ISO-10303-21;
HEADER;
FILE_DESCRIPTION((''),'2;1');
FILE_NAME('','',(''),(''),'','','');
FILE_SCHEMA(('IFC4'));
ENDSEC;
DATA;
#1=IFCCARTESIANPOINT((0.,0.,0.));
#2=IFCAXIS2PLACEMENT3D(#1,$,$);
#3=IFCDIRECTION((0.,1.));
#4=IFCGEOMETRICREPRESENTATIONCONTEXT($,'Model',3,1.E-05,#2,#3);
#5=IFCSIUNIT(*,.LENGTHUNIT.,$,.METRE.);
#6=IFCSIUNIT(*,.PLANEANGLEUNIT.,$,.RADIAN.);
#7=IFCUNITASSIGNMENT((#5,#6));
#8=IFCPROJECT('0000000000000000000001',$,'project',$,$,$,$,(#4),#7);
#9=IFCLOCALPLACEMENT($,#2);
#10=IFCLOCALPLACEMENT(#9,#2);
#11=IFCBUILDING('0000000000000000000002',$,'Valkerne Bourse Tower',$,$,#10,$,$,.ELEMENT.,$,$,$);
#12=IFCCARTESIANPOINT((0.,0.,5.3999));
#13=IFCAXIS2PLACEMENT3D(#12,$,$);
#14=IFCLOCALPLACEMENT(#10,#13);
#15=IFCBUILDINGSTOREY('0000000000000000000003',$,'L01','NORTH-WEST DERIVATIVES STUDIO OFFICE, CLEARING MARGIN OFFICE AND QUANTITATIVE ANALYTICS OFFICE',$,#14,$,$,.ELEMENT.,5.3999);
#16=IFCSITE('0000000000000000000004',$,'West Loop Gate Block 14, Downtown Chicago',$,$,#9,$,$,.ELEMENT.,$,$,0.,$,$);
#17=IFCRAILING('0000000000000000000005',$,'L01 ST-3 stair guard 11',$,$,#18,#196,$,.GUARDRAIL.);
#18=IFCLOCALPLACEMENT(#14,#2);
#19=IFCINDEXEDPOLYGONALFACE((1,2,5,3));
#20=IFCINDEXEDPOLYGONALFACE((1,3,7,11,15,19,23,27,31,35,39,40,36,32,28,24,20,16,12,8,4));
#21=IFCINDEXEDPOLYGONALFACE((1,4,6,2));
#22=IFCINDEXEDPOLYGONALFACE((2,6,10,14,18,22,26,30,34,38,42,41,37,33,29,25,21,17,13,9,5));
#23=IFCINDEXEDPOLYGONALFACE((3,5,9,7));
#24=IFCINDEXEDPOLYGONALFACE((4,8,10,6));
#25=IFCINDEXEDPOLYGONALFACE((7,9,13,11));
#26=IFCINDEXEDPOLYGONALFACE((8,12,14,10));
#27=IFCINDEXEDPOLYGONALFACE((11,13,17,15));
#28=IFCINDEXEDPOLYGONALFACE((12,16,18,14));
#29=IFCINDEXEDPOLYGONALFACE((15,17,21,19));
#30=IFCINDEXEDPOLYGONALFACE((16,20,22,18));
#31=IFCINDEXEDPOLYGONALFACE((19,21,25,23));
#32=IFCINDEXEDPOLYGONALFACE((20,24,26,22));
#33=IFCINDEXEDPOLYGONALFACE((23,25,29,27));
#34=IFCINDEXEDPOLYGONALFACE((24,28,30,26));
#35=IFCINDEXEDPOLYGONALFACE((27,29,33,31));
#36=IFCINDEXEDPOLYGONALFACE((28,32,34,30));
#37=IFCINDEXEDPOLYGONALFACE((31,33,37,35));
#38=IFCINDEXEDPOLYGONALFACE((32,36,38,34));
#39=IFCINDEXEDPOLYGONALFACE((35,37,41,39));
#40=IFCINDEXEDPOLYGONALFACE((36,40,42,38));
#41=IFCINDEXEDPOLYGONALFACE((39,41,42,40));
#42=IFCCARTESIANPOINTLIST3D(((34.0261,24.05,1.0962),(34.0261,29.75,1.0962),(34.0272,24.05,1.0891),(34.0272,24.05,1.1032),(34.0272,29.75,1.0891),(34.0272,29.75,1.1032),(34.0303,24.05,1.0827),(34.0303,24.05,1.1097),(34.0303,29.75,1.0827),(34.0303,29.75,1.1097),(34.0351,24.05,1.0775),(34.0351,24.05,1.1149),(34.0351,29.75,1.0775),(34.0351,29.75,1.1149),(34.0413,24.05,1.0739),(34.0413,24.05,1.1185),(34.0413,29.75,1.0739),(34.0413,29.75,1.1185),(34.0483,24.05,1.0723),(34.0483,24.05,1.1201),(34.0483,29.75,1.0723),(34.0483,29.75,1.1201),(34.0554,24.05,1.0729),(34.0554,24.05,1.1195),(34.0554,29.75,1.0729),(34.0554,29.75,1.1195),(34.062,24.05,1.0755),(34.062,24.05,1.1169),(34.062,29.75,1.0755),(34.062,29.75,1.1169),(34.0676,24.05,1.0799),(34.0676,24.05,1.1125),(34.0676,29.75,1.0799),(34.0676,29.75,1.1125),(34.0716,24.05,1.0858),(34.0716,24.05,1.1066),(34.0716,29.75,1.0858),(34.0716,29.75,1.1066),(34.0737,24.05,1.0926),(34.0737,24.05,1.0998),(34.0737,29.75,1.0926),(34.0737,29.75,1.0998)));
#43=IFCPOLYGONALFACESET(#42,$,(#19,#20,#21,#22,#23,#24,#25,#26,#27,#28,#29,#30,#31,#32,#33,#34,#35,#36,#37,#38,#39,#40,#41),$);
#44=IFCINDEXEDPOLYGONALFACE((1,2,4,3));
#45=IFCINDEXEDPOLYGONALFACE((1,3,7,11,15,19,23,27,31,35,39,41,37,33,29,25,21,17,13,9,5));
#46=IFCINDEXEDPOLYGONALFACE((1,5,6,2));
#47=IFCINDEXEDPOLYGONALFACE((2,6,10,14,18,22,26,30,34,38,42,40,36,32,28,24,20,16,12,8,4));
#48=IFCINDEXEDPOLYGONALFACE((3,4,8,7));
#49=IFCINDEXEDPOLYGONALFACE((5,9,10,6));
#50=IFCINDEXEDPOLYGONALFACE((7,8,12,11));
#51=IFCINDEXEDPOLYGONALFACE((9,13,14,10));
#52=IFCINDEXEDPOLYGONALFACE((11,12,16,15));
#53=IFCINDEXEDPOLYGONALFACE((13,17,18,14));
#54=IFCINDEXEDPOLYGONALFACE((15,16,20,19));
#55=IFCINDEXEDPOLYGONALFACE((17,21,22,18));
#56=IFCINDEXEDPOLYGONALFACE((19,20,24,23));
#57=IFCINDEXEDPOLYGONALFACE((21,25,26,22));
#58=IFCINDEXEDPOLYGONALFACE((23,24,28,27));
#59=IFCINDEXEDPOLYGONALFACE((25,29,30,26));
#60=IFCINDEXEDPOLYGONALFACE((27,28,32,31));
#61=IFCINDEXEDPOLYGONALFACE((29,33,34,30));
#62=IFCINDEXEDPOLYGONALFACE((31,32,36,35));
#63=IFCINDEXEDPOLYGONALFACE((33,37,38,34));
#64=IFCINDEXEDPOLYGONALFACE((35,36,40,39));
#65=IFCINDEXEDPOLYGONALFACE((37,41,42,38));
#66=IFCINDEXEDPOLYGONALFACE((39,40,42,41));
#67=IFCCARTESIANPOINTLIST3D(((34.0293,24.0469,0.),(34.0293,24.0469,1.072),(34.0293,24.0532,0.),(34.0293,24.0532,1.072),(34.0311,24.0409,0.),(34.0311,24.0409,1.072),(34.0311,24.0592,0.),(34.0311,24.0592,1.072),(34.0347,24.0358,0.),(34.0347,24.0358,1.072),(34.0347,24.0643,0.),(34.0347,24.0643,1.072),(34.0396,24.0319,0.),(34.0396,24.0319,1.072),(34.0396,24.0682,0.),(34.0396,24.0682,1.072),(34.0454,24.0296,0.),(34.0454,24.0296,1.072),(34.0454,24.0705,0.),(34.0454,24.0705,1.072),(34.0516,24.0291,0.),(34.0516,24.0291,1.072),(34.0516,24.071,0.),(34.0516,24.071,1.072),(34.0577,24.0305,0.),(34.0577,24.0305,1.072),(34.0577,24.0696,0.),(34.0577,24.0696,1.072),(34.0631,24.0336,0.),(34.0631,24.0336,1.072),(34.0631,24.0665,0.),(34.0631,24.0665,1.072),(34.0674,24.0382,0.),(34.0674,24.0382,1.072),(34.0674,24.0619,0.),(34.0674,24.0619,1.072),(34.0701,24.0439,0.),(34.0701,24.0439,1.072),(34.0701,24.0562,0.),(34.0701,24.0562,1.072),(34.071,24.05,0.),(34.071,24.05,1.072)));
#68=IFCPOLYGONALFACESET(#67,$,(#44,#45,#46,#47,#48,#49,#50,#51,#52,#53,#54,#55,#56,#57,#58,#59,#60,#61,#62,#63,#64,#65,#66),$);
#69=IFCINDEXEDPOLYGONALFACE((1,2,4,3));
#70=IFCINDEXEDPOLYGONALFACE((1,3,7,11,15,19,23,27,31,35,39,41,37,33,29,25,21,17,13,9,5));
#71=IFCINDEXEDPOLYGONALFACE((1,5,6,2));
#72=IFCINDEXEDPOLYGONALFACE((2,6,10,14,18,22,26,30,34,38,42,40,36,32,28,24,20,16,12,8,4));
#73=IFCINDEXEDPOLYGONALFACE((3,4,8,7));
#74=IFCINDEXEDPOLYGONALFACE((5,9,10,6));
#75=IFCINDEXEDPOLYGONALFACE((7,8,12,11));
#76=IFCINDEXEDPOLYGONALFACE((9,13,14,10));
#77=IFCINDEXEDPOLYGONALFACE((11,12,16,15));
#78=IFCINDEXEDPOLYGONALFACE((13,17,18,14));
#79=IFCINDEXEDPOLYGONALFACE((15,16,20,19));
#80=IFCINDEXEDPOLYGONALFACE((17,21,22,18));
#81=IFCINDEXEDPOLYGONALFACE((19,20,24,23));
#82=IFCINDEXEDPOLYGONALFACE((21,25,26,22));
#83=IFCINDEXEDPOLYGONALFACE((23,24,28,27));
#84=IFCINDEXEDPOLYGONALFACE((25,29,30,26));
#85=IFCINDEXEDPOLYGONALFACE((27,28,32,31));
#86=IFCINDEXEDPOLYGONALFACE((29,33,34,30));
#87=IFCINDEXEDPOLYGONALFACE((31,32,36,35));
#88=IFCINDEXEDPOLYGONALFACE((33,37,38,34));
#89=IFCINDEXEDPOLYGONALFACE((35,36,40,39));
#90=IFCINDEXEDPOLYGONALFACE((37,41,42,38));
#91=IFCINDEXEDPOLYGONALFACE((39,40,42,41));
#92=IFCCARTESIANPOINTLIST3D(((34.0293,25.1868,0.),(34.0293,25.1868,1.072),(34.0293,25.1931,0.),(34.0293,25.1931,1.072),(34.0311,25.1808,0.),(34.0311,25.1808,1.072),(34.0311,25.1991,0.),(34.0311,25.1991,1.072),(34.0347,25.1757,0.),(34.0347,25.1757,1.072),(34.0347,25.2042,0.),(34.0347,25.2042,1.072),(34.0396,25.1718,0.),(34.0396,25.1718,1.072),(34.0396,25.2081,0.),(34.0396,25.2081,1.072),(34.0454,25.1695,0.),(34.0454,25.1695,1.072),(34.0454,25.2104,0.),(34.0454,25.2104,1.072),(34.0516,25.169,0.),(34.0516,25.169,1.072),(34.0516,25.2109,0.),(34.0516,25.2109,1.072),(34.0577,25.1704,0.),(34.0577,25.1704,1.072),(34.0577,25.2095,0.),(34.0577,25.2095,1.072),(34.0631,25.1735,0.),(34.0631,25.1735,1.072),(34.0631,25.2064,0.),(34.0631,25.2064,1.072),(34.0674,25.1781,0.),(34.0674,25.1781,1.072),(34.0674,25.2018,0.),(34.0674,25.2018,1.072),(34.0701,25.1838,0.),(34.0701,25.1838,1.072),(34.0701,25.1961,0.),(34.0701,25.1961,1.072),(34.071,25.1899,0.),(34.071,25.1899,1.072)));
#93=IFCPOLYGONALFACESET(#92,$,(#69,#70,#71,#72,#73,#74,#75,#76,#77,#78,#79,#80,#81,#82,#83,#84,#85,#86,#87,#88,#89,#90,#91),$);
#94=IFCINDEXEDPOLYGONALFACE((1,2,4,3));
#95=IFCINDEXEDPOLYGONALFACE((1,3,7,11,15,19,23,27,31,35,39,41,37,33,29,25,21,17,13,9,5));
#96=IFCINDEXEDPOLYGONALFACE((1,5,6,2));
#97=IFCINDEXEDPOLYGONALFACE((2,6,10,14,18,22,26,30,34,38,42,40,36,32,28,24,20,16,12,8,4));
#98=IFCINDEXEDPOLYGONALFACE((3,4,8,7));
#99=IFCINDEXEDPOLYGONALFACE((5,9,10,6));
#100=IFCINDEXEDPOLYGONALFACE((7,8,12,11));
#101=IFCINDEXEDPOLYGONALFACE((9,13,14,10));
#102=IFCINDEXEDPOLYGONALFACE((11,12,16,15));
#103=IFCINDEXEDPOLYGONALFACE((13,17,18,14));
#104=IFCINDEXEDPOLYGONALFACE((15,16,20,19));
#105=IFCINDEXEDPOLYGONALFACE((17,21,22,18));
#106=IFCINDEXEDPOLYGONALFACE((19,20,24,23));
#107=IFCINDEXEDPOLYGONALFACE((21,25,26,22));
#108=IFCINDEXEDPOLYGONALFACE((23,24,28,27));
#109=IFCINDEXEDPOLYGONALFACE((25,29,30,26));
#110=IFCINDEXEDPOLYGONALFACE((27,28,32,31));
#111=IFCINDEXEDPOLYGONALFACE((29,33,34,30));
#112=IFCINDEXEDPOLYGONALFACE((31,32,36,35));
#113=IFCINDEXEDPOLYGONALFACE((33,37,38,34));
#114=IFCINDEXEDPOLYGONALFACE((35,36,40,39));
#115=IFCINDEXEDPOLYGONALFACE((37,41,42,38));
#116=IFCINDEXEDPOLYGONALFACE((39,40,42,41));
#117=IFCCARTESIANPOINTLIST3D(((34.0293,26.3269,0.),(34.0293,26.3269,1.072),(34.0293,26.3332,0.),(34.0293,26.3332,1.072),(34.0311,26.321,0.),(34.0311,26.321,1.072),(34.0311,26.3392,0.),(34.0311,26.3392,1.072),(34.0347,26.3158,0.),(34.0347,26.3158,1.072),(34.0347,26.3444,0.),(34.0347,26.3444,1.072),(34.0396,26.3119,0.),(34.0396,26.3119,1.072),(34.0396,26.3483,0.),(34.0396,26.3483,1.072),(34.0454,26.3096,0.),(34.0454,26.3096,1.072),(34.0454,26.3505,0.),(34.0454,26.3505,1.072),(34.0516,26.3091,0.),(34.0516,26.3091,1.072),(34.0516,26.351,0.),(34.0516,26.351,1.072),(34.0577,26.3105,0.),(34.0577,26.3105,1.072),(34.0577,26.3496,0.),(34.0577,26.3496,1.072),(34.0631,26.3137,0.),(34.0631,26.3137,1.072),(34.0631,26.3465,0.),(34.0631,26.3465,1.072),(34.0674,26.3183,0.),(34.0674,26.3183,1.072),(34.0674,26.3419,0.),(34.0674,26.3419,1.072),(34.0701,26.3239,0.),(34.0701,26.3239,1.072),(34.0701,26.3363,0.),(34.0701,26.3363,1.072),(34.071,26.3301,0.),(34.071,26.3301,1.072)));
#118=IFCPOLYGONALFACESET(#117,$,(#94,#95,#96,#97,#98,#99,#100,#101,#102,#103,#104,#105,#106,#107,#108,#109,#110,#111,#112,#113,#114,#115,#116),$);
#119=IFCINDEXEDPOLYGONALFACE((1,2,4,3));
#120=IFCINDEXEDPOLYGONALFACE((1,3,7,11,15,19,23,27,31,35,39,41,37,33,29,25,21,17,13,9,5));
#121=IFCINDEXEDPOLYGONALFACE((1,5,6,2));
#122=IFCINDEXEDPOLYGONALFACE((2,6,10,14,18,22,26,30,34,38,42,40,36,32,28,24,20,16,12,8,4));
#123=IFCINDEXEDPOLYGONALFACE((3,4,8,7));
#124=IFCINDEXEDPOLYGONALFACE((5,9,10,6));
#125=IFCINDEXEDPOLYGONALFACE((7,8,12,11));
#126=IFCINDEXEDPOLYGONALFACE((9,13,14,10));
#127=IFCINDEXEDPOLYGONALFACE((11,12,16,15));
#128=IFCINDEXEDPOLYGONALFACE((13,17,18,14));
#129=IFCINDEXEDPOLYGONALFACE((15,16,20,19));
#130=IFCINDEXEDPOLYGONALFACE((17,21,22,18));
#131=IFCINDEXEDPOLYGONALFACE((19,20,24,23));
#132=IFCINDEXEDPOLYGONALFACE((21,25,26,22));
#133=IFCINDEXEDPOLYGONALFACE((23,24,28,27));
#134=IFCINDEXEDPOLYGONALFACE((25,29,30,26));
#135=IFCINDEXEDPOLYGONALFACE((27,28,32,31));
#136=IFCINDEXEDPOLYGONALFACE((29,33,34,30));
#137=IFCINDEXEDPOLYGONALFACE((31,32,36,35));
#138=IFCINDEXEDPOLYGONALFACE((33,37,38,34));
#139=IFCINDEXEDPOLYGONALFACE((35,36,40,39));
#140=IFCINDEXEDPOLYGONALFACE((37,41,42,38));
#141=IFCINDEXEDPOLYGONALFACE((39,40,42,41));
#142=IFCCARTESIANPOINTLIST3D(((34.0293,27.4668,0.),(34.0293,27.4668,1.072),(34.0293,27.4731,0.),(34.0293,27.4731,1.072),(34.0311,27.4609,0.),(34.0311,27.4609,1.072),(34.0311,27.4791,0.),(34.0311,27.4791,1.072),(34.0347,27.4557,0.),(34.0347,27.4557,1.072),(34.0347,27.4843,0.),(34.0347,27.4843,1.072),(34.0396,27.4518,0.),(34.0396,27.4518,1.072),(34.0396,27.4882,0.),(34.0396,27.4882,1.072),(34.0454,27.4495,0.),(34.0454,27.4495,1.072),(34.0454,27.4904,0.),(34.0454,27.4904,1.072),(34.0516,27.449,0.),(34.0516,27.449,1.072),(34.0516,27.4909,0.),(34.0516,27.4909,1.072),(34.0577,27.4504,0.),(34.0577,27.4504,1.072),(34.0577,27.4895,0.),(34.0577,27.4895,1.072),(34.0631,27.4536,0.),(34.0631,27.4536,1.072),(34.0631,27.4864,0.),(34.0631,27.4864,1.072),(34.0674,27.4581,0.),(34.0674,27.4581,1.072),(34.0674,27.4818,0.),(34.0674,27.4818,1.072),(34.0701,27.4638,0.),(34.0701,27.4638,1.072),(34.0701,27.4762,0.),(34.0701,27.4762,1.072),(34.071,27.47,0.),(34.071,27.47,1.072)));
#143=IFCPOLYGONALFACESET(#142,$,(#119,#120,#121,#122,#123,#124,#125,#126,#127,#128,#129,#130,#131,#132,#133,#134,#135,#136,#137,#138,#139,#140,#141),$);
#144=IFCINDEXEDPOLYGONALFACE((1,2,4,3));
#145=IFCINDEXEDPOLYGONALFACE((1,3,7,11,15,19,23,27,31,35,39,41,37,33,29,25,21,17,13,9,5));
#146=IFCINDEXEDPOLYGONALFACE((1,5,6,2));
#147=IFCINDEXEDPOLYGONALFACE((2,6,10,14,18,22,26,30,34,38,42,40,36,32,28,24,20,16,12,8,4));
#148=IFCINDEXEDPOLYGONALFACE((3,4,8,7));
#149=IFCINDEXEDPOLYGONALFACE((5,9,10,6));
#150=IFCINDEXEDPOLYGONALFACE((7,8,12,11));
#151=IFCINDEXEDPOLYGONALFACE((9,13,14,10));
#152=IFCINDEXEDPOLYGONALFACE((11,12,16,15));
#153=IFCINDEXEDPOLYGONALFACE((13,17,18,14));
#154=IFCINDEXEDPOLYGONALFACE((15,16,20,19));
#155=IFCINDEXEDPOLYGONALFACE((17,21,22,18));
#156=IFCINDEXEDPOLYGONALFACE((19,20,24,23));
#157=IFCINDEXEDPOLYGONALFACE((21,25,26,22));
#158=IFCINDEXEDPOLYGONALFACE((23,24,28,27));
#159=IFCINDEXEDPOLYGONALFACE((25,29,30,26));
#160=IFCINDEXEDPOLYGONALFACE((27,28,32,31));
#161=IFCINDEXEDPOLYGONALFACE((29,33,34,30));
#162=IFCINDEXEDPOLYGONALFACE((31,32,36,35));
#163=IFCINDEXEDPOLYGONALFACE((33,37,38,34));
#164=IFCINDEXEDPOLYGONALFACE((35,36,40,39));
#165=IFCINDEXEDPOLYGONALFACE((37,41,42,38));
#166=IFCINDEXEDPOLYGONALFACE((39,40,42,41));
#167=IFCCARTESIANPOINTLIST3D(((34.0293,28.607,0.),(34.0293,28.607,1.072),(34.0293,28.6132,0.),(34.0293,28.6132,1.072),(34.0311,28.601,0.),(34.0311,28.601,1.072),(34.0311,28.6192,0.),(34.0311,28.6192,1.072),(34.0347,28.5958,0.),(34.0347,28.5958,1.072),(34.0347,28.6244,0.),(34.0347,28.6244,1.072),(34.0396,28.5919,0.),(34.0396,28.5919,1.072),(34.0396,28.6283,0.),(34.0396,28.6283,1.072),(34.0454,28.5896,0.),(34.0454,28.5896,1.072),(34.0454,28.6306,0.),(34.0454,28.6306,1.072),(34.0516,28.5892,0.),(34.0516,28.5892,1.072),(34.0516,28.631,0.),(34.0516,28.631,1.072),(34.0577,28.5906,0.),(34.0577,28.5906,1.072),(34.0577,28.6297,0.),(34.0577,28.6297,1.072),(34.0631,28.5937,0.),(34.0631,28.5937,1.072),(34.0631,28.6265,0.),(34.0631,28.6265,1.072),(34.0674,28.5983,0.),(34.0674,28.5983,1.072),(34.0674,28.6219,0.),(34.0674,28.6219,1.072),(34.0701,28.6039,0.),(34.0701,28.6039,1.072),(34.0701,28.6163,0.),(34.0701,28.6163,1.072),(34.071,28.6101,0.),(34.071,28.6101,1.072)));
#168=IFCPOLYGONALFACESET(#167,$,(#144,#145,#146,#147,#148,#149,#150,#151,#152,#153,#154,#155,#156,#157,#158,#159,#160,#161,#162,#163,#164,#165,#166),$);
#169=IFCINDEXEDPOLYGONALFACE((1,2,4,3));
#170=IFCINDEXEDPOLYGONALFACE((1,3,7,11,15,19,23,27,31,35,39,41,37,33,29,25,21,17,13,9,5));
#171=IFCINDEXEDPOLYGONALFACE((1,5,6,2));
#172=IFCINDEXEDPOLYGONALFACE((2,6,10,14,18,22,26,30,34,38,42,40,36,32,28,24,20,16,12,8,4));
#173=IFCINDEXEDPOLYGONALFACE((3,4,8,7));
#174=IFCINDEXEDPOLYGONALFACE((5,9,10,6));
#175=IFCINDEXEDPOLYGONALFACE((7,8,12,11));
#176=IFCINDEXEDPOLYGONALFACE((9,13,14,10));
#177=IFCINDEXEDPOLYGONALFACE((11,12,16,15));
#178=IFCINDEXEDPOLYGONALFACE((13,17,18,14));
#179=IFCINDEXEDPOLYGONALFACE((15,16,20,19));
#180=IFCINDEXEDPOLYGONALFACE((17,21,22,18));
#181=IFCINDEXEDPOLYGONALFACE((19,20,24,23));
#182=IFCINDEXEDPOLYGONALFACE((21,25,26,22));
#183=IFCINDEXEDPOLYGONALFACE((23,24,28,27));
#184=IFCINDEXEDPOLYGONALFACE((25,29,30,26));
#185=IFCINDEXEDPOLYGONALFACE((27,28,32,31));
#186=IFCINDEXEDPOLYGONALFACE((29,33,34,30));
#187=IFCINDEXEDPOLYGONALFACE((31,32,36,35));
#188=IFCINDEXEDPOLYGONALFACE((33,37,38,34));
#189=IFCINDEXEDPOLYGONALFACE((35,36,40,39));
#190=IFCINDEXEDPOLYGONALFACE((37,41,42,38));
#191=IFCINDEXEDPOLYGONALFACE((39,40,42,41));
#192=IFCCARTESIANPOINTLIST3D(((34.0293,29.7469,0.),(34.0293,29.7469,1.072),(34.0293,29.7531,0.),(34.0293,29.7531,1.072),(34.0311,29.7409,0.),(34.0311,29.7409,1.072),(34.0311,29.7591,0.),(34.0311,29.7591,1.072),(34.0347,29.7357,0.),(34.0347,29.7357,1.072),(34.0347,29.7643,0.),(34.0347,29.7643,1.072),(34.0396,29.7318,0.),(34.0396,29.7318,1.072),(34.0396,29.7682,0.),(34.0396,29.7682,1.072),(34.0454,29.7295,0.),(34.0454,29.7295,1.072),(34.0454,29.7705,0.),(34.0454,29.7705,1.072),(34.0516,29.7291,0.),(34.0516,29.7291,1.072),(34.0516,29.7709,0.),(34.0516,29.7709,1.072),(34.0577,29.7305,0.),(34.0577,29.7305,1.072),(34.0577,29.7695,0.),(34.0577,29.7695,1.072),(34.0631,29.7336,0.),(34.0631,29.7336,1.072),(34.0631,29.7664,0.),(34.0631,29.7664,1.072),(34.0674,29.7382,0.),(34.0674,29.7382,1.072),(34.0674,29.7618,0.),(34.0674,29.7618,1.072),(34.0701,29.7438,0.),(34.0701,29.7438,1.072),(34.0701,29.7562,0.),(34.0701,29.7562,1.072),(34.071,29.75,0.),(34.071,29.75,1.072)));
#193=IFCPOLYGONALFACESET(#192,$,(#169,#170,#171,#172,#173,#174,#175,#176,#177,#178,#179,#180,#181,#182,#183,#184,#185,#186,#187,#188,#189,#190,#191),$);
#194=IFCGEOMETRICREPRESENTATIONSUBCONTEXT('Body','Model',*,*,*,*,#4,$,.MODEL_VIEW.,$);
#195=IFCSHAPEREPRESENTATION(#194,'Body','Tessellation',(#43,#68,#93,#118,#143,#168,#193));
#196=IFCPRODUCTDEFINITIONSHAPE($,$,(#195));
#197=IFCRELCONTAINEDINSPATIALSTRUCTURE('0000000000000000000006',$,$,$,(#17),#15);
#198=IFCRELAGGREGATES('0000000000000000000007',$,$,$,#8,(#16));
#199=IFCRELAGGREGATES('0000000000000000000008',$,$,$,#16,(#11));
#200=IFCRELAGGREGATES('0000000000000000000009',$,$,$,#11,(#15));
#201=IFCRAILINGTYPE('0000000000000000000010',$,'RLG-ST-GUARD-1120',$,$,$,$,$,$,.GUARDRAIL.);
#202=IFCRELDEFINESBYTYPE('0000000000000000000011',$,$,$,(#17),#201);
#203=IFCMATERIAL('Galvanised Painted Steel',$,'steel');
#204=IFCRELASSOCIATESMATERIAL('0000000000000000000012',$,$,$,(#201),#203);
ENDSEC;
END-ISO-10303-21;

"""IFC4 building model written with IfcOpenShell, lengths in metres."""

from ifc_helpers import new_model, si_unit, direction, frame, origin, origin_2d, place, context, subcontext, project, spatial, circle, extrude, material, type_object, element, save


model = new_model("IFC4")

# Units and contexts
model_context = context("Model", 3, precision=1e-05, world=origin(), true_north=direction((0.0, 1.0)))
body_context = subcontext(model_context, "Body", "Model", "MODEL_VIEW")
ifc_project = project(units=[si_unit("LENGTHUNIT", "METRE"), si_unit("PLANEANGLEUNIT", "RADIAN")], contexts=[model_context])

# Site, building, storey
site_placement = place(None, origin())
site = spatial("IfcSite", under=ifc_project, at=site_placement, Name="West Loop Gate Block 14, Downtown Chicago", CompositionType="ELEMENT", RefElevation=0.0)
building_placement = place(site_placement, origin())
building = spatial("IfcBuilding", under=site, at=building_placement, Name="Valkerne Bourse Tower", CompositionType="ELEMENT")
storey_placement = place(building_placement, frame((0.0, 0.0, 5.3999)))
storey = spatial("IfcBuildingStorey", under=building, at=storey_placement, Name="L01", Description="NORTH-WEST DERIVATIVES STUDIO OFFICE, CLEARING MARGIN OFFICE AND QUANTITATIVE ANALYTICS OFFICE", CompositionType="ELEMENT", Elevation=5.3999)

# Shared definitions
ifc_material_1 = material(Name="Galvanised Painted Steel", Category="steel")

# Railing
railing_type_1 = type_object("IfcRailingType", Name="RLG-ST-GUARD-1120", PredefinedType="GUARDRAIL", material=ifc_material_1)
for number, where, name in (
    (1, (34.05, 24.05, 0.0), "L01 ST-3 stair guard 11"),
):
    element("IfcRailing", number, at=place(storey_placement, frame(where)), inside=storey, type_object=railing_type_1, Name=name, PredefinedType="GUARDRAIL", context=body_context, shape_type="SweptSolid", body=[
        extrude(circle(Radius=0.0239, at=origin_2d()), frame((0.0, 0.0, 1.0962), z_axis=(0.0, 1.0, 0.0), x_axis=(-1.0, 0.0, 0.0)), (0.0, 0.0, 1.0), 5.7),
        extrude(circle(Radius=0.021, at=origin_2d()), origin(), (0.0, 0.0, 1.0), 1.072),
        extrude(circle(Radius=0.021, at=origin_2d()), frame((0.0, 1.1399, 0.0)), (0.0, 0.0, 1.0), 1.072),
        extrude(circle(Radius=0.021, at=origin_2d()), frame((0.0, 2.28, 0.0)), (0.0, 0.0, 1.0), 1.072),
        extrude(circle(Radius=0.021, at=origin_2d()), frame((0.0, 3.4199, 0.0)), (0.0, 0.0, 1.0), 1.072),
        extrude(circle(Radius=0.021, at=origin_2d()), frame((0.0, 4.5601, 0.0)), (0.0, 0.0, 1.0), 1.072),
        extrude(circle(Radius=0.021, at=origin_2d()), frame((0.0, 5.7, 0.0)), (0.0, 0.0, 1.0), 1.072),
    ])

save(model, "model.ifc")
